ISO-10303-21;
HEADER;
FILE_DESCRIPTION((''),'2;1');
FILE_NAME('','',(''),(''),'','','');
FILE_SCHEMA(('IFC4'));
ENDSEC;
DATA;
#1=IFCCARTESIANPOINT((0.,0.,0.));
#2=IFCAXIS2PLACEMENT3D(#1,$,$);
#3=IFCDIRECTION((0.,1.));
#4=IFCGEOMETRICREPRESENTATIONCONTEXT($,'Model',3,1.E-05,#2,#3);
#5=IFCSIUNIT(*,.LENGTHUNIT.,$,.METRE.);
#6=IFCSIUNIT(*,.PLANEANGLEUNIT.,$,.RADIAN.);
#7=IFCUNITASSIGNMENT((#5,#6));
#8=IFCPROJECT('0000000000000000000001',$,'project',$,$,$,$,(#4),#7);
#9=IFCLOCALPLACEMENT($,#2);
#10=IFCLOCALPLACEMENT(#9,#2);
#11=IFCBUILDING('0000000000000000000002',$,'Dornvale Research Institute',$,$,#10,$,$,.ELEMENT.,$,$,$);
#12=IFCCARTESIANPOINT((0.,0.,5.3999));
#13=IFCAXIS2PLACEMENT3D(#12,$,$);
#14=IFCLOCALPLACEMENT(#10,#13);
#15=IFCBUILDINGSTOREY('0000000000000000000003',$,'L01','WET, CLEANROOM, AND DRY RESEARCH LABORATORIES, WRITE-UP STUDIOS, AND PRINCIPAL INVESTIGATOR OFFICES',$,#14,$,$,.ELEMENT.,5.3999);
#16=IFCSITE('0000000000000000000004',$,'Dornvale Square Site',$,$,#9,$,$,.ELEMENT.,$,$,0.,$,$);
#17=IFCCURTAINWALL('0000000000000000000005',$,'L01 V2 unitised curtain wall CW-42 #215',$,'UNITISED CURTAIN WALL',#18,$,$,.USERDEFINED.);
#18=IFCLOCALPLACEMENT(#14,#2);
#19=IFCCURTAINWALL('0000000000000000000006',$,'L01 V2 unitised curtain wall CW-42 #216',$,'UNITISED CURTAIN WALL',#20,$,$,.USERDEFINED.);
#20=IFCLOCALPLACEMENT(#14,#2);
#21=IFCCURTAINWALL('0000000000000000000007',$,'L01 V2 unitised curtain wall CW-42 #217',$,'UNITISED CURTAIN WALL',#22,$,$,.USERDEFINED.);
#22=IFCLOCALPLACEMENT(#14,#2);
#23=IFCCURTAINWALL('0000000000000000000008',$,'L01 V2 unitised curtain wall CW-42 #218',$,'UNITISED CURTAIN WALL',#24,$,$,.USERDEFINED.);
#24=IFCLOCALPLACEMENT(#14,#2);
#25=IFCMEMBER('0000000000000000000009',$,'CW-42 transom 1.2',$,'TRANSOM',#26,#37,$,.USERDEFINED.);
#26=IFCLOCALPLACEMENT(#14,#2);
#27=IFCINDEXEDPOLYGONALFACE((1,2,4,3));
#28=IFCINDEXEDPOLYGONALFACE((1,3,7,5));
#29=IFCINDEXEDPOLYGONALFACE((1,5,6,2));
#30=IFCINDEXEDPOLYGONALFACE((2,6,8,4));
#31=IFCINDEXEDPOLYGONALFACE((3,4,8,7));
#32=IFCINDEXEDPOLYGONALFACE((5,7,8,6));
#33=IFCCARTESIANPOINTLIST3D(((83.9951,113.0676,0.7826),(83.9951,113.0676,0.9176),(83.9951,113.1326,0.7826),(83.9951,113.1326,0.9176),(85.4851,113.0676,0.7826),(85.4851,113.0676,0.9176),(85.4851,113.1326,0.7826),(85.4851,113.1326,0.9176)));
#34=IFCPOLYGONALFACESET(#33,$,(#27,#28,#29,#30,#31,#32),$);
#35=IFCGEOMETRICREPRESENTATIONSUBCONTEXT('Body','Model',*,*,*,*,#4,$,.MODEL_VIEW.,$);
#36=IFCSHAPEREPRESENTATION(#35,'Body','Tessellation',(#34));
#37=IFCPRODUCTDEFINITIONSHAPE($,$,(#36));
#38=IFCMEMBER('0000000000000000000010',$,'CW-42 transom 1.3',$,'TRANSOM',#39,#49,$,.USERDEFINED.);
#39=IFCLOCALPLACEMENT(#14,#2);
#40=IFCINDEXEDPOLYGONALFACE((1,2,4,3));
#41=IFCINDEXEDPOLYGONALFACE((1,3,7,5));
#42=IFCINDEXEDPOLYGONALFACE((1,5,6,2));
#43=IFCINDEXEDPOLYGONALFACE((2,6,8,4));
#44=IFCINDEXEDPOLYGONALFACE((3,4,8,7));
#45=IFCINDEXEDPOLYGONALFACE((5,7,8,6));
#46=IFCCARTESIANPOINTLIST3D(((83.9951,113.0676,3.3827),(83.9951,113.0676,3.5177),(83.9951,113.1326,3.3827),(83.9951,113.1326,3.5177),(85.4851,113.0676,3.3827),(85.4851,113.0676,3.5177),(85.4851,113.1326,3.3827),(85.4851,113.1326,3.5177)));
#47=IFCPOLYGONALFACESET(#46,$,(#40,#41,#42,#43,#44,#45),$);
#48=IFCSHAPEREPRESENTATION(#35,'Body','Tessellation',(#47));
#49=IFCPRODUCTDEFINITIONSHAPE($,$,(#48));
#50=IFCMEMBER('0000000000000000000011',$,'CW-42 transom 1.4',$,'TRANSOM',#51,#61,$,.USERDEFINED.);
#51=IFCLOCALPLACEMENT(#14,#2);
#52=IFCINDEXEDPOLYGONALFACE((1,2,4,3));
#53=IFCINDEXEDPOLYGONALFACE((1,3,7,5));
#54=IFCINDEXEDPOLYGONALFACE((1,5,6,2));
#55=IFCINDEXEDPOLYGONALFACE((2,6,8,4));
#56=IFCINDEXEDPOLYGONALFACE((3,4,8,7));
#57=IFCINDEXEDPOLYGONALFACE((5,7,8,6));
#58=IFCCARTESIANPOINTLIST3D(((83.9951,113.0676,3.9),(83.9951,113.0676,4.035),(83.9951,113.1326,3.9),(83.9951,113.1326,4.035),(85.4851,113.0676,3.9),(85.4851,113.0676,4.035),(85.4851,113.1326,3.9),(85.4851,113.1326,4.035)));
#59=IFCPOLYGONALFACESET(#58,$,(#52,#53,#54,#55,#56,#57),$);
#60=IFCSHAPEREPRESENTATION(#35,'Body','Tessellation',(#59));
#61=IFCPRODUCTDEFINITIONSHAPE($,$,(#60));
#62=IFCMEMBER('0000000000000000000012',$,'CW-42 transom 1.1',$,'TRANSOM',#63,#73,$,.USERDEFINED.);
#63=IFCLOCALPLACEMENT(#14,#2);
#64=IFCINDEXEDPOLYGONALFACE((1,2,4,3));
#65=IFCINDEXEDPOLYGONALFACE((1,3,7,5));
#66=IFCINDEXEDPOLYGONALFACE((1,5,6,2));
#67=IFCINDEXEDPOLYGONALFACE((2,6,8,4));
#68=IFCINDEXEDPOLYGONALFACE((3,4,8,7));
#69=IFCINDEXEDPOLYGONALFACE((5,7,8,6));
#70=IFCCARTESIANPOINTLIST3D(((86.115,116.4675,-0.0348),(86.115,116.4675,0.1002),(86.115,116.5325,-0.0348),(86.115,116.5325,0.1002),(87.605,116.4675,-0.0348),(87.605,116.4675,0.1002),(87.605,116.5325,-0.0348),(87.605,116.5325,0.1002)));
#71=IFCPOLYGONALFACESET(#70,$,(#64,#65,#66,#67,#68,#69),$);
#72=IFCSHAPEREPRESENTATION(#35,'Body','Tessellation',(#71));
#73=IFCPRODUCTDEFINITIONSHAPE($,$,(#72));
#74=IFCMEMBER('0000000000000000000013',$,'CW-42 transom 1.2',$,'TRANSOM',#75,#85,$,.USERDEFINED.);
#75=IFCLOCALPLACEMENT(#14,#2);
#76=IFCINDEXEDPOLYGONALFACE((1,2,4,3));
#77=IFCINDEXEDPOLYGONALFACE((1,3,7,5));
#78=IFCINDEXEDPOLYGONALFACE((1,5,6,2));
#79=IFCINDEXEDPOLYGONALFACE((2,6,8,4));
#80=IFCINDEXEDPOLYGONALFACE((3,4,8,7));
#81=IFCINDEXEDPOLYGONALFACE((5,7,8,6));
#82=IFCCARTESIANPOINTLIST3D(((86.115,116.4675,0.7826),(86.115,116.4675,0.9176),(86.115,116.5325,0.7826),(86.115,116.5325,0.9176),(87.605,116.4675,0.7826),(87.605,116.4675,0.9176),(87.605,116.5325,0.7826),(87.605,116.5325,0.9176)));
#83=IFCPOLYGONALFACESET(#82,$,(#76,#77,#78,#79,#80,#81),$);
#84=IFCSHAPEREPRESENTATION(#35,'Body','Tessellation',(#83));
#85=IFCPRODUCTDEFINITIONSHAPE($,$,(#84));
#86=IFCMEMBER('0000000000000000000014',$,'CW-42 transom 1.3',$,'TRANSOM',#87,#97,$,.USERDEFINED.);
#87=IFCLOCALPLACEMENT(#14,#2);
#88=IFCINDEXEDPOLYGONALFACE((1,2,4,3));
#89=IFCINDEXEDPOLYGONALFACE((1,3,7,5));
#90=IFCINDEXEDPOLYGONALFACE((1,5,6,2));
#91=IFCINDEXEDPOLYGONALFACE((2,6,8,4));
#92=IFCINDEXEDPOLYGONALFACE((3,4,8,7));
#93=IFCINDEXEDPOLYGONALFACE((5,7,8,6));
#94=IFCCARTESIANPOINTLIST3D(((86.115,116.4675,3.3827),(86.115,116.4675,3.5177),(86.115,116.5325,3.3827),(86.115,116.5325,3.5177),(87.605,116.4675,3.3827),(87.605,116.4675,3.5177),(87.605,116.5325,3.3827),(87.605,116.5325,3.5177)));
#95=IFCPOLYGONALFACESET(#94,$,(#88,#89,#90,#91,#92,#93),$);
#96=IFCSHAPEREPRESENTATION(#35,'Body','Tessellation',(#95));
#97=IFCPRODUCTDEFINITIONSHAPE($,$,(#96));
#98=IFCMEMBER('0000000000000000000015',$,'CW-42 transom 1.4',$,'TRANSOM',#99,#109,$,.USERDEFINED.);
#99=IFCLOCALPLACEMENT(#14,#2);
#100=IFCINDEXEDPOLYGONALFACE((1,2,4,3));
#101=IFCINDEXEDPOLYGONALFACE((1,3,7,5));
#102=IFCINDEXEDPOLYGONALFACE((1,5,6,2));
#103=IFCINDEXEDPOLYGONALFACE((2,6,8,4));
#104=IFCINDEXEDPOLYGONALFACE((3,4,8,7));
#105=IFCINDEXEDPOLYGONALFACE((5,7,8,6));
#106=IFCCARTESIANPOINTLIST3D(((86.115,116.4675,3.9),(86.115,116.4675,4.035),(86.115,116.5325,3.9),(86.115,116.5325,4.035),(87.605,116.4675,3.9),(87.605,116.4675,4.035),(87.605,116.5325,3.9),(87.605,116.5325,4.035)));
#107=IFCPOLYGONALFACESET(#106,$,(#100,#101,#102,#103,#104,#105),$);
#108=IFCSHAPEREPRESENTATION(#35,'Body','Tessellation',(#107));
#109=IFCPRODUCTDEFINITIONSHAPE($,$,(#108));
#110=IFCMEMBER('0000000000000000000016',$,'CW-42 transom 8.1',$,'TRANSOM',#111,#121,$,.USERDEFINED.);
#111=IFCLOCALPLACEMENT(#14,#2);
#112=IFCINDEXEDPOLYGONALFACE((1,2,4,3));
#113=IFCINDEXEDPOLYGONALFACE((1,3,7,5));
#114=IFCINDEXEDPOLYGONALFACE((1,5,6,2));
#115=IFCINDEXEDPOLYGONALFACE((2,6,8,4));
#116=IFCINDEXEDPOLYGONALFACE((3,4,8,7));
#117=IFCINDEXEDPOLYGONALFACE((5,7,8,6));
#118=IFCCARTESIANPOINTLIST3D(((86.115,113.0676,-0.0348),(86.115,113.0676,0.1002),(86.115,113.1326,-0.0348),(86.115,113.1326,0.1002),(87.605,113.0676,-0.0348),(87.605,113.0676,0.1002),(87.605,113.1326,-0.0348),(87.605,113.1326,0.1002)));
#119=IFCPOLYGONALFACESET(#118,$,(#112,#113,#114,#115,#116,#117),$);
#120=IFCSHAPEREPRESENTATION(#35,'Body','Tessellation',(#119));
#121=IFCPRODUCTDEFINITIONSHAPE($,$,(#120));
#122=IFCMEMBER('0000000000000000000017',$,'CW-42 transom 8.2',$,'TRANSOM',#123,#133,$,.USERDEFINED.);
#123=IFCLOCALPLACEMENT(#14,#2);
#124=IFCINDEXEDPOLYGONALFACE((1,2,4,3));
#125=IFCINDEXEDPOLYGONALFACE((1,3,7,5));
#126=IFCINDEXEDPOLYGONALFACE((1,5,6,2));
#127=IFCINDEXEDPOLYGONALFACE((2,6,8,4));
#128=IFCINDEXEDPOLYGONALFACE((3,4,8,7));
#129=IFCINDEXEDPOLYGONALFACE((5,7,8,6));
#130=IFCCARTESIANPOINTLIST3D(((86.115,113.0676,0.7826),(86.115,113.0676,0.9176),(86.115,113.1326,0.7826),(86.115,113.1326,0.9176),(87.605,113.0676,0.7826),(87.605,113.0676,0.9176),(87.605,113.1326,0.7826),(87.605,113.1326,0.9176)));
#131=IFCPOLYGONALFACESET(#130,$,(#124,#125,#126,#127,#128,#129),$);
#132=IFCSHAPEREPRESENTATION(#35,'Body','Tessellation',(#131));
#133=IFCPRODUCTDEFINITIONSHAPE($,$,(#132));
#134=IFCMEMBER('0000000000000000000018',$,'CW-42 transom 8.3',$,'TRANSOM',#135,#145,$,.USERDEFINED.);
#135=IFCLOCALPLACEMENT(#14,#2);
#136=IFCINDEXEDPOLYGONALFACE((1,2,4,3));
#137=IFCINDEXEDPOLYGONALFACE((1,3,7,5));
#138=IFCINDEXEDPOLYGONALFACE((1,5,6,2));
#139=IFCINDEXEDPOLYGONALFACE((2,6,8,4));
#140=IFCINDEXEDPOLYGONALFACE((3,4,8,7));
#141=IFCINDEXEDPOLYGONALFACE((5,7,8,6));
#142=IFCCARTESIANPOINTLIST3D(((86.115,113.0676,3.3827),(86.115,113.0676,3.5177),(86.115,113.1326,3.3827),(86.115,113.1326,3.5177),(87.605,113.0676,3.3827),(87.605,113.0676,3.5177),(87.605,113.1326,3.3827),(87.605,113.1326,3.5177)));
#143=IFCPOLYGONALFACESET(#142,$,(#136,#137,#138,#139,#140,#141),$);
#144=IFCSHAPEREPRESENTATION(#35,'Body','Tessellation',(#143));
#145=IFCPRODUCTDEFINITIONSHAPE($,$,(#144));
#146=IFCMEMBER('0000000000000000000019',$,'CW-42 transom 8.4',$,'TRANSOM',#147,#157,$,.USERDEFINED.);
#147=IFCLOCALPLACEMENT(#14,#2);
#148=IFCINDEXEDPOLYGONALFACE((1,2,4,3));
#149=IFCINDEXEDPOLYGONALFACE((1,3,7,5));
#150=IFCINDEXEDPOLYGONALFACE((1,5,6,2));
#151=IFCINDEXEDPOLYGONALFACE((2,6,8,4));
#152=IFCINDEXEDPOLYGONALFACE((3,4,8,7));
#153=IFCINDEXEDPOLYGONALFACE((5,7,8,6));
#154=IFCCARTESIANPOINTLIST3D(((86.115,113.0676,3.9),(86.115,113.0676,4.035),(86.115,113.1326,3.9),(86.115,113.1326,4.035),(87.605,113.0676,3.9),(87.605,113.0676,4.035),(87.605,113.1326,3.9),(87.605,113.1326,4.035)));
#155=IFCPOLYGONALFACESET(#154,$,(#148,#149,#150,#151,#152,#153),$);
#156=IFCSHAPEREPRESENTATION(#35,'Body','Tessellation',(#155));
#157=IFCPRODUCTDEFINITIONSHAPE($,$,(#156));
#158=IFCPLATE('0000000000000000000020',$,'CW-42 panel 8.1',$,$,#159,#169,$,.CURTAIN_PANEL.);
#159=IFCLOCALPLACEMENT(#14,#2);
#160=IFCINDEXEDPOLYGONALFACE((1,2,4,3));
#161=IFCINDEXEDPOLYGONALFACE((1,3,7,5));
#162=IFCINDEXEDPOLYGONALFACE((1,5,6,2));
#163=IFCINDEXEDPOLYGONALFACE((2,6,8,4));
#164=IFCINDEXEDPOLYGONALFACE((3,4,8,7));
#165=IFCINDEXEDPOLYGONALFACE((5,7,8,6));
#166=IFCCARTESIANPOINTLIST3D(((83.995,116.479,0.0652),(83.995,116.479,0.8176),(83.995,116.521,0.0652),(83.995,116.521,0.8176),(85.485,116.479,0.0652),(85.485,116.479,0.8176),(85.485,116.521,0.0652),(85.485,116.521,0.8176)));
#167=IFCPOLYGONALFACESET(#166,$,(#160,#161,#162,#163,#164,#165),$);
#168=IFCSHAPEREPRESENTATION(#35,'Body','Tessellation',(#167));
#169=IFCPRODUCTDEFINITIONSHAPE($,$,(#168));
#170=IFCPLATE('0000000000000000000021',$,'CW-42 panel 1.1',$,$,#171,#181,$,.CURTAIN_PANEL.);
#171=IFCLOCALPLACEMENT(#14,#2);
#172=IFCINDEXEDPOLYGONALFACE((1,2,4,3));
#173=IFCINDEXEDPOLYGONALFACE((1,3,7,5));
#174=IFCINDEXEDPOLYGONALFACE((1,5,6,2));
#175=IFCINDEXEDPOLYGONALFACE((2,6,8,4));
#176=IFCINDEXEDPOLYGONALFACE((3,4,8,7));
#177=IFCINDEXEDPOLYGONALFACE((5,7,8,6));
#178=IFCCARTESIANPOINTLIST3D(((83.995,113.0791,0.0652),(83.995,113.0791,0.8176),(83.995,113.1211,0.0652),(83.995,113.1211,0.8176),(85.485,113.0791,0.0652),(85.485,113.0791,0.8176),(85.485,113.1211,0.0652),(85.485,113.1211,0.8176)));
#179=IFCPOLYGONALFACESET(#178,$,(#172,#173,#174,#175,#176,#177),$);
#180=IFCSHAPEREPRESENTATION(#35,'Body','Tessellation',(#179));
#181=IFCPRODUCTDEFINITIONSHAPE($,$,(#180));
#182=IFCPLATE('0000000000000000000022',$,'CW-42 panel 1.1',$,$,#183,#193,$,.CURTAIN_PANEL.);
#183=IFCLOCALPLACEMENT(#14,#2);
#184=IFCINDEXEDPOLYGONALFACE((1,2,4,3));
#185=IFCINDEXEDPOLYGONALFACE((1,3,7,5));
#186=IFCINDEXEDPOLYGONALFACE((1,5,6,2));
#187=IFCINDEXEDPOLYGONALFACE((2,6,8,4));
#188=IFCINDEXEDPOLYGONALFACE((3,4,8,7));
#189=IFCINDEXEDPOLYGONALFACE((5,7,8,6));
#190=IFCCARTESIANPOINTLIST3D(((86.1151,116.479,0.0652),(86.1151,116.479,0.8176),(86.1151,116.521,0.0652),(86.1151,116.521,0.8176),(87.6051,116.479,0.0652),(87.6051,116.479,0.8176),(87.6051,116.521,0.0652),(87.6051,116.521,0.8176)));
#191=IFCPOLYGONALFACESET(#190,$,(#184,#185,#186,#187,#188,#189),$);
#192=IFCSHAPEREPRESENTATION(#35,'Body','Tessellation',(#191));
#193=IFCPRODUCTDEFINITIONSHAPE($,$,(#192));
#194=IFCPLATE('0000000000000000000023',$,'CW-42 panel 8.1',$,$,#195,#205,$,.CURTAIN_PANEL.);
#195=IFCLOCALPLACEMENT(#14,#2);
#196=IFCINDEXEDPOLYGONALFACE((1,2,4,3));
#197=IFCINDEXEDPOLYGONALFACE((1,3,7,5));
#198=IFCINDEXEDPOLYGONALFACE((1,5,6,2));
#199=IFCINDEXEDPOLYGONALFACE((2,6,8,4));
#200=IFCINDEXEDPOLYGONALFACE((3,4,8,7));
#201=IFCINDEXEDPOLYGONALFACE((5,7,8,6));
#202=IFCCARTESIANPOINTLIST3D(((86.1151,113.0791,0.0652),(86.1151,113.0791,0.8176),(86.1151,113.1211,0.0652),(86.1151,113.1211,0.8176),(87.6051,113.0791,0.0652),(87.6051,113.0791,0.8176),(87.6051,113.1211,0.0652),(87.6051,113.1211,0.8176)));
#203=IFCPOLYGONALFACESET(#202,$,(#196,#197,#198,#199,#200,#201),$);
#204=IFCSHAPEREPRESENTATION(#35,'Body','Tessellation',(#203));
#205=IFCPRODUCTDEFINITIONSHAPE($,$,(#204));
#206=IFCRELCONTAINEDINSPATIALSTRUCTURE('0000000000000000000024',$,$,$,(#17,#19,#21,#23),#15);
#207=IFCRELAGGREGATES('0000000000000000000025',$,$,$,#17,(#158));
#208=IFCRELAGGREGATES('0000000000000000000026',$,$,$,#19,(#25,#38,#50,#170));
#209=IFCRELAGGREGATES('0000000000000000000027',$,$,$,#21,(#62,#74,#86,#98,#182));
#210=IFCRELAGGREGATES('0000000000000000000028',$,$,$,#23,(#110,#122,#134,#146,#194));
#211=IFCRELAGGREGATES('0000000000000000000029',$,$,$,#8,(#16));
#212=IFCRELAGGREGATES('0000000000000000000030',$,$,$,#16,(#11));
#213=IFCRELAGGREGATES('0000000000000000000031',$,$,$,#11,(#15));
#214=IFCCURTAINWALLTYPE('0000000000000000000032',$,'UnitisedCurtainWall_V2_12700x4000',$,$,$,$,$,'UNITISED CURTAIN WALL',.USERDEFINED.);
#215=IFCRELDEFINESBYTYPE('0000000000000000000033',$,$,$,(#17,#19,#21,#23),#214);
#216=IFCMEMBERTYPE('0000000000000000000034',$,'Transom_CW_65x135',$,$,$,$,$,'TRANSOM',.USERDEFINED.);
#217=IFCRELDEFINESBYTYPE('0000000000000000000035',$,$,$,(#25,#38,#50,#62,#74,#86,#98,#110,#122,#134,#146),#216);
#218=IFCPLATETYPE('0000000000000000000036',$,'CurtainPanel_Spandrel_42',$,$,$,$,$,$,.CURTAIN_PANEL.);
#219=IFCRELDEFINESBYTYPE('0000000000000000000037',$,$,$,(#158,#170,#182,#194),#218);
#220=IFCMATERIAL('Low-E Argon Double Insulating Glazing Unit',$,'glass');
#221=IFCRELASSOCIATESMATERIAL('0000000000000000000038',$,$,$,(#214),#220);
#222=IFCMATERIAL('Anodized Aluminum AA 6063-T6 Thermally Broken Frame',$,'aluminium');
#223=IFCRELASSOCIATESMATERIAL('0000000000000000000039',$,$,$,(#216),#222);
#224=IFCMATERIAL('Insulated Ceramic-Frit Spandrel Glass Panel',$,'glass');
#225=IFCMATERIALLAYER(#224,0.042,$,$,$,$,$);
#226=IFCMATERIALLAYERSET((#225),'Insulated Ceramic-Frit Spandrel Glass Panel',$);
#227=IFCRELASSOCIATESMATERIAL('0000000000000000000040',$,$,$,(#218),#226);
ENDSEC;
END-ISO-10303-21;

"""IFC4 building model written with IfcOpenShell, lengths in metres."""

from ifc_helpers import new_model, si_unit, direction, frame, origin, origin_2d, place, context, subcontext, project, spatial, rectangle, extrude, material, layer, layer_set, material_profile, profile_set, type_object, element, aggregate, save


model = new_model("IFC4")

# Units and contexts
model_context = context("Model", 3, precision=1e-05, world=origin(), true_north=direction((0.0, 1.0)))
body_context = subcontext(model_context, "Body", "Model", "MODEL_VIEW")
ifc_project = project(units=[si_unit("LENGTHUNIT", "METRE"), si_unit("PLANEANGLEUNIT", "RADIAN")], contexts=[model_context])

# Site, building, storey
site_placement = place(None, origin())
site = spatial("IfcSite", under=ifc_project, at=site_placement, Name="Dornvale Square Site", CompositionType="ELEMENT", RefElevation=0.0)
building_placement = place(site_placement, origin())
building = spatial("IfcBuilding", under=site, at=building_placement, Name="Dornvale Research Institute", CompositionType="ELEMENT")
storey_placement = place(building_placement, frame((0.0, 0.0, 5.3999)))
storey = spatial("IfcBuildingStorey", under=building, at=storey_placement, Name="L01", Description="WET, CLEANROOM, AND DRY RESEARCH LABORATORIES, WRITE-UP STUDIOS, AND PRINCIPAL INVESTIGATOR OFFICES", CompositionType="ELEMENT", Elevation=5.3999)

# Curtain walls
ifc_material_1 = material(Name="Low-E Argon Double Insulating Glazing Unit", Category="glass")
curtain_wall_type = type_object("IfcCurtainWallType", Name="UnitisedCurtainWall_V2_12700x4000", ElementType="UNITISED CURTAIN WALL", PredefinedType="USERDEFINED", material=ifc_material_1)
curtain_wall_1_placement = place(storey_placement, origin())
curtain_wall_1 = element("IfcCurtainWall", 1, at=curtain_wall_1_placement, inside=storey, type_object=curtain_wall_type, Name="L01 V2 unitised curtain wall CW-42 #215", ObjectType="UNITISED CURTAIN WALL", PredefinedType="USERDEFINED")
curtain_wall_2_placement = place(storey_placement, origin())
curtain_wall_2 = element("IfcCurtainWall", 2, at=curtain_wall_2_placement, inside=storey, type_object=curtain_wall_type, Name="L01 V2 unitised curtain wall CW-42 #216", ObjectType="UNITISED CURTAIN WALL", PredefinedType="USERDEFINED")
curtain_wall_3_placement = place(storey_placement, origin())
curtain_wall_3 = element("IfcCurtainWall", 3, at=curtain_wall_3_placement, inside=storey, type_object=curtain_wall_type, Name="L01 V2 unitised curtain wall CW-42 #217", ObjectType="UNITISED CURTAIN WALL", PredefinedType="USERDEFINED")

# Curtain wall
curtain_wall_4_placement = place(storey_placement, origin())
curtain_wall_4 = element("IfcCurtainWall", 4, at=curtain_wall_4_placement, inside=storey, type_object=curtain_wall_type, Name="L01 V2 unitised curtain wall CW-42 #218", ObjectType="UNITISED CURTAIN WALL", PredefinedType="USERDEFINED")

# Members
ifc_material_2 = material(Name="Anodized Aluminum AA 6063-T6 Thermally Broken Frame", Category="aluminium")
ifc_material_profile_1 = material_profile(ifc_material_2, rectangle(XDim=0.0649, YDim=0.135, at=origin_2d()), Name="ALU TRANSOM 65x135")
ifc_profile_set_1 = profile_set([ifc_material_profile_1], Name="Anodized Aluminum AA 6063-T6 Thermally Broken Frame")
member_type_1 = type_object("IfcMemberType", Name="Transom_CW_65x135", ElementType="TRANSOM", PredefinedType="USERDEFINED", material=ifc_profile_set_1)
member_1_placement = place(storey_placement, frame((85.4851, 113.1001, 0.8501), z_axis=(-1.0, 0.0, 0.0), x_axis=(0.0, -1.0, 0.0)))
member_1 = element("IfcMember", 5, at=member_1_placement, type_object=member_type_1, Name="CW-42 transom 1.2", ObjectType="TRANSOM", PredefinedType="USERDEFINED", context=body_context, shape_type="SweptSolid", body=[
    extrude(rectangle(XDim=0.0649, YDim=0.135, at=origin_2d()), origin(), (0.0, 0.0, 1.0), 1.49),
])
member_2_placement = place(storey_placement, frame((85.4851, 113.1001, 3.4502), z_axis=(-1.0, 0.0, 0.0), x_axis=(0.0, -1.0, 0.0)))
member_2 = element("IfcMember", 6, at=member_2_placement, type_object=member_type_1, Name="CW-42 transom 1.3", ObjectType="TRANSOM", PredefinedType="USERDEFINED", context=body_context, shape_type="SweptSolid", body=[
    extrude(rectangle(XDim=0.0649, YDim=0.135, at=origin_2d()), origin(), (0.0, 0.0, 1.0), 1.49),
])
member_3_placement = place(storey_placement, frame((85.4851, 113.1001, 3.9675), z_axis=(-1.0, 0.0, 0.0), x_axis=(0.0, -1.0, 0.0)))
member_3 = element("IfcMember", 7, at=member_3_placement, type_object=member_type_1, Name="CW-42 transom 1.4", ObjectType="TRANSOM", PredefinedType="USERDEFINED", context=body_context, shape_type="SweptSolid", body=[
    extrude(rectangle(XDim=0.0649, YDim=0.135, at=origin_2d()), origin(), (0.0, 0.0, 1.0), 1.49),
])
member_4_placement = place(storey_placement, frame((86.115, 116.5, 0.0327), z_axis=(1.0, 0.0, 0.0), x_axis=(0.0, 1.0, 0.0)))
member_4 = element("IfcMember", 8, at=member_4_placement, type_object=member_type_1, Name="CW-42 transom 1.1", ObjectType="TRANSOM", PredefinedType="USERDEFINED", context=body_context, shape_type="SweptSolid", body=[
    extrude(rectangle(XDim=0.0649, YDim=0.135, at=origin_2d()), origin(), (0.0, 0.0, 1.0), 1.49),
])
member_5_placement = place(storey_placement, frame((86.115, 116.5, 0.8501), z_axis=(1.0, 0.0, 0.0), x_axis=(0.0, 1.0, 0.0)))
member_5 = element("IfcMember", 9, at=member_5_placement, type_object=member_type_1, Name="CW-42 transom 1.2", ObjectType="TRANSOM", PredefinedType="USERDEFINED", context=body_context, shape_type="SweptSolid", body=[
    extrude(rectangle(XDim=0.0649, YDim=0.135, at=origin_2d()), origin(), (0.0, 0.0, 1.0), 1.49),
])
member_6_placement = place(storey_placement, frame((86.115, 116.5, 3.4502), z_axis=(1.0, 0.0, 0.0), x_axis=(0.0, 1.0, 0.0)))
member_6 = element("IfcMember", 10, at=member_6_placement, type_object=member_type_1, Name="CW-42 transom 1.3", ObjectType="TRANSOM", PredefinedType="USERDEFINED", context=body_context, shape_type="SweptSolid", body=[
    extrude(rectangle(XDim=0.0649, YDim=0.135, at=origin_2d()), origin(), (0.0, 0.0, 1.0), 1.49),
])
member_7_placement = place(storey_placement, frame((86.115, 116.5, 3.9675), z_axis=(1.0, 0.0, 0.0), x_axis=(0.0, 1.0, 0.0)))
member_7 = element("IfcMember", 11, at=member_7_placement, type_object=member_type_1, Name="CW-42 transom 1.4", ObjectType="TRANSOM", PredefinedType="USERDEFINED", context=body_context, shape_type="SweptSolid", body=[
    extrude(rectangle(XDim=0.0649, YDim=0.135, at=origin_2d()), origin(), (0.0, 0.0, 1.0), 1.49),
])
member_8_placement = place(storey_placement, frame((87.605, 113.1001, 0.0327), z_axis=(-1.0, 0.0, 0.0), x_axis=(0.0, -1.0, 0.0)))
member_8 = element("IfcMember", 12, at=member_8_placement, type_object=member_type_1, Name="CW-42 transom 8.1", ObjectType="TRANSOM", PredefinedType="USERDEFINED", context=body_context, shape_type="SweptSolid", body=[
    extrude(rectangle(XDim=0.0649, YDim=0.135, at=origin_2d()), origin(), (0.0, 0.0, 1.0), 1.49),
])
member_9_placement = place(storey_placement, frame((87.605, 113.1001, 0.8501), z_axis=(-1.0, 0.0, 0.0), x_axis=(0.0, -1.0, 0.0)))
member_9 = element("IfcMember", 13, at=member_9_placement, type_object=member_type_1, Name="CW-42 transom 8.2", ObjectType="TRANSOM", PredefinedType="USERDEFINED", context=body_context, shape_type="SweptSolid", body=[
    extrude(rectangle(XDim=0.0649, YDim=0.135, at=origin_2d()), origin(), (0.0, 0.0, 1.0), 1.49),
])
member_10_placement = place(storey_placement, frame((87.605, 113.1001, 3.4502), z_axis=(-1.0, 0.0, 0.0), x_axis=(0.0, -1.0, 0.0)))
member_10 = element("IfcMember", 14, at=member_10_placement, type_object=member_type_1, Name="CW-42 transom 8.3", ObjectType="TRANSOM", PredefinedType="USERDEFINED", context=body_context, shape_type="SweptSolid", body=[
    extrude(rectangle(XDim=0.0649, YDim=0.135, at=origin_2d()), origin(), (0.0, 0.0, 1.0), 1.49),
])
member_11_placement = place(storey_placement, frame((87.605, 113.1001, 3.9675), z_axis=(-1.0, 0.0, 0.0), x_axis=(0.0, -1.0, 0.0)))
member_11 = element("IfcMember", 15, at=member_11_placement, type_object=member_type_1, Name="CW-42 transom 8.4", ObjectType="TRANSOM", PredefinedType="USERDEFINED", context=body_context, shape_type="SweptSolid", body=[
    extrude(rectangle(XDim=0.0649, YDim=0.135, at=origin_2d()), origin(), (0.0, 0.0, 1.0), 1.49),
])

# Plates
ifc_material_3 = material(Name="Insulated Ceramic-Frit Spandrel Glass Panel", Category="glass")
ifc_layer_1 = layer(ifc_material_3, 0.042)
ifc_layer_set_1 = layer_set([ifc_layer_1], Name="Insulated Ceramic-Frit Spandrel Glass Panel")
plate_type_1 = type_object("IfcPlateType", Name="CurtainPanel_Spandrel_42", PredefinedType="CURTAIN_PANEL", material=ifc_layer_set_1)
plate_1_placement = place(storey_placement, frame((84.74, 116.5, 0.0652), z_axis=(0.0, 0.0, 1.0), x_axis=(1.0, 0.0, 0.0)))
plate_1 = element("IfcPlate", 16, at=plate_1_placement, type_object=plate_type_1, Name="CW-42 panel 8.1", PredefinedType="CURTAIN_PANEL", context=body_context, shape_type="SweptSolid", body=[
    extrude(rectangle(XDim=1.49, YDim=0.042, at=origin_2d()), origin(), (0.0, 0.0, 1.0), 0.7524),
])
plate_2_placement = place(storey_placement, frame((84.74, 113.1001, 0.0652), z_axis=(0.0, 0.0, 1.0), x_axis=(-1.0, 0.0, 0.0)))
plate_2 = element("IfcPlate", 17, at=plate_2_placement, type_object=plate_type_1, Name="CW-42 panel 1.1", PredefinedType="CURTAIN_PANEL", context=body_context, shape_type="SweptSolid", body=[
    extrude(rectangle(XDim=1.49, YDim=0.042, at=origin_2d()), origin(), (0.0, 0.0, 1.0), 0.7524),
])
plate_3_placement = place(storey_placement, frame((86.8601, 116.5, 0.0652), z_axis=(0.0, 0.0, 1.0), x_axis=(1.0, 0.0, 0.0)))
plate_3 = element("IfcPlate", 18, at=plate_3_placement, type_object=plate_type_1, Name="CW-42 panel 1.1", PredefinedType="CURTAIN_PANEL", context=body_context, shape_type="SweptSolid", body=[
    extrude(rectangle(XDim=1.49, YDim=0.042, at=origin_2d()), origin(), (0.0, 0.0, 1.0), 0.7524),
])
plate_4_placement = place(storey_placement, frame((86.8601, 113.1001, 0.0652), z_axis=(0.0, 0.0, 1.0), x_axis=(-1.0, 0.0, 0.0)))
plate_4 = element("IfcPlate", 19, at=plate_4_placement, type_object=plate_type_1, Name="CW-42 panel 8.1", PredefinedType="CURTAIN_PANEL", context=body_context, shape_type="SweptSolid", body=[
    extrude(rectangle(XDim=1.49, YDim=0.042, at=origin_2d()), origin(), (0.0, 0.0, 1.0), 0.7524),
])
aggregate(curtain_wall_1, [plate_1])
aggregate(curtain_wall_2, [member_1, member_2, member_3, plate_2])
aggregate(curtain_wall_3, [member_4, member_5, member_6, member_7, plate_3])
aggregate(curtain_wall_4, [member_8, member_9, member_10, member_11, plate_4])

save(model, "model.ifc")
